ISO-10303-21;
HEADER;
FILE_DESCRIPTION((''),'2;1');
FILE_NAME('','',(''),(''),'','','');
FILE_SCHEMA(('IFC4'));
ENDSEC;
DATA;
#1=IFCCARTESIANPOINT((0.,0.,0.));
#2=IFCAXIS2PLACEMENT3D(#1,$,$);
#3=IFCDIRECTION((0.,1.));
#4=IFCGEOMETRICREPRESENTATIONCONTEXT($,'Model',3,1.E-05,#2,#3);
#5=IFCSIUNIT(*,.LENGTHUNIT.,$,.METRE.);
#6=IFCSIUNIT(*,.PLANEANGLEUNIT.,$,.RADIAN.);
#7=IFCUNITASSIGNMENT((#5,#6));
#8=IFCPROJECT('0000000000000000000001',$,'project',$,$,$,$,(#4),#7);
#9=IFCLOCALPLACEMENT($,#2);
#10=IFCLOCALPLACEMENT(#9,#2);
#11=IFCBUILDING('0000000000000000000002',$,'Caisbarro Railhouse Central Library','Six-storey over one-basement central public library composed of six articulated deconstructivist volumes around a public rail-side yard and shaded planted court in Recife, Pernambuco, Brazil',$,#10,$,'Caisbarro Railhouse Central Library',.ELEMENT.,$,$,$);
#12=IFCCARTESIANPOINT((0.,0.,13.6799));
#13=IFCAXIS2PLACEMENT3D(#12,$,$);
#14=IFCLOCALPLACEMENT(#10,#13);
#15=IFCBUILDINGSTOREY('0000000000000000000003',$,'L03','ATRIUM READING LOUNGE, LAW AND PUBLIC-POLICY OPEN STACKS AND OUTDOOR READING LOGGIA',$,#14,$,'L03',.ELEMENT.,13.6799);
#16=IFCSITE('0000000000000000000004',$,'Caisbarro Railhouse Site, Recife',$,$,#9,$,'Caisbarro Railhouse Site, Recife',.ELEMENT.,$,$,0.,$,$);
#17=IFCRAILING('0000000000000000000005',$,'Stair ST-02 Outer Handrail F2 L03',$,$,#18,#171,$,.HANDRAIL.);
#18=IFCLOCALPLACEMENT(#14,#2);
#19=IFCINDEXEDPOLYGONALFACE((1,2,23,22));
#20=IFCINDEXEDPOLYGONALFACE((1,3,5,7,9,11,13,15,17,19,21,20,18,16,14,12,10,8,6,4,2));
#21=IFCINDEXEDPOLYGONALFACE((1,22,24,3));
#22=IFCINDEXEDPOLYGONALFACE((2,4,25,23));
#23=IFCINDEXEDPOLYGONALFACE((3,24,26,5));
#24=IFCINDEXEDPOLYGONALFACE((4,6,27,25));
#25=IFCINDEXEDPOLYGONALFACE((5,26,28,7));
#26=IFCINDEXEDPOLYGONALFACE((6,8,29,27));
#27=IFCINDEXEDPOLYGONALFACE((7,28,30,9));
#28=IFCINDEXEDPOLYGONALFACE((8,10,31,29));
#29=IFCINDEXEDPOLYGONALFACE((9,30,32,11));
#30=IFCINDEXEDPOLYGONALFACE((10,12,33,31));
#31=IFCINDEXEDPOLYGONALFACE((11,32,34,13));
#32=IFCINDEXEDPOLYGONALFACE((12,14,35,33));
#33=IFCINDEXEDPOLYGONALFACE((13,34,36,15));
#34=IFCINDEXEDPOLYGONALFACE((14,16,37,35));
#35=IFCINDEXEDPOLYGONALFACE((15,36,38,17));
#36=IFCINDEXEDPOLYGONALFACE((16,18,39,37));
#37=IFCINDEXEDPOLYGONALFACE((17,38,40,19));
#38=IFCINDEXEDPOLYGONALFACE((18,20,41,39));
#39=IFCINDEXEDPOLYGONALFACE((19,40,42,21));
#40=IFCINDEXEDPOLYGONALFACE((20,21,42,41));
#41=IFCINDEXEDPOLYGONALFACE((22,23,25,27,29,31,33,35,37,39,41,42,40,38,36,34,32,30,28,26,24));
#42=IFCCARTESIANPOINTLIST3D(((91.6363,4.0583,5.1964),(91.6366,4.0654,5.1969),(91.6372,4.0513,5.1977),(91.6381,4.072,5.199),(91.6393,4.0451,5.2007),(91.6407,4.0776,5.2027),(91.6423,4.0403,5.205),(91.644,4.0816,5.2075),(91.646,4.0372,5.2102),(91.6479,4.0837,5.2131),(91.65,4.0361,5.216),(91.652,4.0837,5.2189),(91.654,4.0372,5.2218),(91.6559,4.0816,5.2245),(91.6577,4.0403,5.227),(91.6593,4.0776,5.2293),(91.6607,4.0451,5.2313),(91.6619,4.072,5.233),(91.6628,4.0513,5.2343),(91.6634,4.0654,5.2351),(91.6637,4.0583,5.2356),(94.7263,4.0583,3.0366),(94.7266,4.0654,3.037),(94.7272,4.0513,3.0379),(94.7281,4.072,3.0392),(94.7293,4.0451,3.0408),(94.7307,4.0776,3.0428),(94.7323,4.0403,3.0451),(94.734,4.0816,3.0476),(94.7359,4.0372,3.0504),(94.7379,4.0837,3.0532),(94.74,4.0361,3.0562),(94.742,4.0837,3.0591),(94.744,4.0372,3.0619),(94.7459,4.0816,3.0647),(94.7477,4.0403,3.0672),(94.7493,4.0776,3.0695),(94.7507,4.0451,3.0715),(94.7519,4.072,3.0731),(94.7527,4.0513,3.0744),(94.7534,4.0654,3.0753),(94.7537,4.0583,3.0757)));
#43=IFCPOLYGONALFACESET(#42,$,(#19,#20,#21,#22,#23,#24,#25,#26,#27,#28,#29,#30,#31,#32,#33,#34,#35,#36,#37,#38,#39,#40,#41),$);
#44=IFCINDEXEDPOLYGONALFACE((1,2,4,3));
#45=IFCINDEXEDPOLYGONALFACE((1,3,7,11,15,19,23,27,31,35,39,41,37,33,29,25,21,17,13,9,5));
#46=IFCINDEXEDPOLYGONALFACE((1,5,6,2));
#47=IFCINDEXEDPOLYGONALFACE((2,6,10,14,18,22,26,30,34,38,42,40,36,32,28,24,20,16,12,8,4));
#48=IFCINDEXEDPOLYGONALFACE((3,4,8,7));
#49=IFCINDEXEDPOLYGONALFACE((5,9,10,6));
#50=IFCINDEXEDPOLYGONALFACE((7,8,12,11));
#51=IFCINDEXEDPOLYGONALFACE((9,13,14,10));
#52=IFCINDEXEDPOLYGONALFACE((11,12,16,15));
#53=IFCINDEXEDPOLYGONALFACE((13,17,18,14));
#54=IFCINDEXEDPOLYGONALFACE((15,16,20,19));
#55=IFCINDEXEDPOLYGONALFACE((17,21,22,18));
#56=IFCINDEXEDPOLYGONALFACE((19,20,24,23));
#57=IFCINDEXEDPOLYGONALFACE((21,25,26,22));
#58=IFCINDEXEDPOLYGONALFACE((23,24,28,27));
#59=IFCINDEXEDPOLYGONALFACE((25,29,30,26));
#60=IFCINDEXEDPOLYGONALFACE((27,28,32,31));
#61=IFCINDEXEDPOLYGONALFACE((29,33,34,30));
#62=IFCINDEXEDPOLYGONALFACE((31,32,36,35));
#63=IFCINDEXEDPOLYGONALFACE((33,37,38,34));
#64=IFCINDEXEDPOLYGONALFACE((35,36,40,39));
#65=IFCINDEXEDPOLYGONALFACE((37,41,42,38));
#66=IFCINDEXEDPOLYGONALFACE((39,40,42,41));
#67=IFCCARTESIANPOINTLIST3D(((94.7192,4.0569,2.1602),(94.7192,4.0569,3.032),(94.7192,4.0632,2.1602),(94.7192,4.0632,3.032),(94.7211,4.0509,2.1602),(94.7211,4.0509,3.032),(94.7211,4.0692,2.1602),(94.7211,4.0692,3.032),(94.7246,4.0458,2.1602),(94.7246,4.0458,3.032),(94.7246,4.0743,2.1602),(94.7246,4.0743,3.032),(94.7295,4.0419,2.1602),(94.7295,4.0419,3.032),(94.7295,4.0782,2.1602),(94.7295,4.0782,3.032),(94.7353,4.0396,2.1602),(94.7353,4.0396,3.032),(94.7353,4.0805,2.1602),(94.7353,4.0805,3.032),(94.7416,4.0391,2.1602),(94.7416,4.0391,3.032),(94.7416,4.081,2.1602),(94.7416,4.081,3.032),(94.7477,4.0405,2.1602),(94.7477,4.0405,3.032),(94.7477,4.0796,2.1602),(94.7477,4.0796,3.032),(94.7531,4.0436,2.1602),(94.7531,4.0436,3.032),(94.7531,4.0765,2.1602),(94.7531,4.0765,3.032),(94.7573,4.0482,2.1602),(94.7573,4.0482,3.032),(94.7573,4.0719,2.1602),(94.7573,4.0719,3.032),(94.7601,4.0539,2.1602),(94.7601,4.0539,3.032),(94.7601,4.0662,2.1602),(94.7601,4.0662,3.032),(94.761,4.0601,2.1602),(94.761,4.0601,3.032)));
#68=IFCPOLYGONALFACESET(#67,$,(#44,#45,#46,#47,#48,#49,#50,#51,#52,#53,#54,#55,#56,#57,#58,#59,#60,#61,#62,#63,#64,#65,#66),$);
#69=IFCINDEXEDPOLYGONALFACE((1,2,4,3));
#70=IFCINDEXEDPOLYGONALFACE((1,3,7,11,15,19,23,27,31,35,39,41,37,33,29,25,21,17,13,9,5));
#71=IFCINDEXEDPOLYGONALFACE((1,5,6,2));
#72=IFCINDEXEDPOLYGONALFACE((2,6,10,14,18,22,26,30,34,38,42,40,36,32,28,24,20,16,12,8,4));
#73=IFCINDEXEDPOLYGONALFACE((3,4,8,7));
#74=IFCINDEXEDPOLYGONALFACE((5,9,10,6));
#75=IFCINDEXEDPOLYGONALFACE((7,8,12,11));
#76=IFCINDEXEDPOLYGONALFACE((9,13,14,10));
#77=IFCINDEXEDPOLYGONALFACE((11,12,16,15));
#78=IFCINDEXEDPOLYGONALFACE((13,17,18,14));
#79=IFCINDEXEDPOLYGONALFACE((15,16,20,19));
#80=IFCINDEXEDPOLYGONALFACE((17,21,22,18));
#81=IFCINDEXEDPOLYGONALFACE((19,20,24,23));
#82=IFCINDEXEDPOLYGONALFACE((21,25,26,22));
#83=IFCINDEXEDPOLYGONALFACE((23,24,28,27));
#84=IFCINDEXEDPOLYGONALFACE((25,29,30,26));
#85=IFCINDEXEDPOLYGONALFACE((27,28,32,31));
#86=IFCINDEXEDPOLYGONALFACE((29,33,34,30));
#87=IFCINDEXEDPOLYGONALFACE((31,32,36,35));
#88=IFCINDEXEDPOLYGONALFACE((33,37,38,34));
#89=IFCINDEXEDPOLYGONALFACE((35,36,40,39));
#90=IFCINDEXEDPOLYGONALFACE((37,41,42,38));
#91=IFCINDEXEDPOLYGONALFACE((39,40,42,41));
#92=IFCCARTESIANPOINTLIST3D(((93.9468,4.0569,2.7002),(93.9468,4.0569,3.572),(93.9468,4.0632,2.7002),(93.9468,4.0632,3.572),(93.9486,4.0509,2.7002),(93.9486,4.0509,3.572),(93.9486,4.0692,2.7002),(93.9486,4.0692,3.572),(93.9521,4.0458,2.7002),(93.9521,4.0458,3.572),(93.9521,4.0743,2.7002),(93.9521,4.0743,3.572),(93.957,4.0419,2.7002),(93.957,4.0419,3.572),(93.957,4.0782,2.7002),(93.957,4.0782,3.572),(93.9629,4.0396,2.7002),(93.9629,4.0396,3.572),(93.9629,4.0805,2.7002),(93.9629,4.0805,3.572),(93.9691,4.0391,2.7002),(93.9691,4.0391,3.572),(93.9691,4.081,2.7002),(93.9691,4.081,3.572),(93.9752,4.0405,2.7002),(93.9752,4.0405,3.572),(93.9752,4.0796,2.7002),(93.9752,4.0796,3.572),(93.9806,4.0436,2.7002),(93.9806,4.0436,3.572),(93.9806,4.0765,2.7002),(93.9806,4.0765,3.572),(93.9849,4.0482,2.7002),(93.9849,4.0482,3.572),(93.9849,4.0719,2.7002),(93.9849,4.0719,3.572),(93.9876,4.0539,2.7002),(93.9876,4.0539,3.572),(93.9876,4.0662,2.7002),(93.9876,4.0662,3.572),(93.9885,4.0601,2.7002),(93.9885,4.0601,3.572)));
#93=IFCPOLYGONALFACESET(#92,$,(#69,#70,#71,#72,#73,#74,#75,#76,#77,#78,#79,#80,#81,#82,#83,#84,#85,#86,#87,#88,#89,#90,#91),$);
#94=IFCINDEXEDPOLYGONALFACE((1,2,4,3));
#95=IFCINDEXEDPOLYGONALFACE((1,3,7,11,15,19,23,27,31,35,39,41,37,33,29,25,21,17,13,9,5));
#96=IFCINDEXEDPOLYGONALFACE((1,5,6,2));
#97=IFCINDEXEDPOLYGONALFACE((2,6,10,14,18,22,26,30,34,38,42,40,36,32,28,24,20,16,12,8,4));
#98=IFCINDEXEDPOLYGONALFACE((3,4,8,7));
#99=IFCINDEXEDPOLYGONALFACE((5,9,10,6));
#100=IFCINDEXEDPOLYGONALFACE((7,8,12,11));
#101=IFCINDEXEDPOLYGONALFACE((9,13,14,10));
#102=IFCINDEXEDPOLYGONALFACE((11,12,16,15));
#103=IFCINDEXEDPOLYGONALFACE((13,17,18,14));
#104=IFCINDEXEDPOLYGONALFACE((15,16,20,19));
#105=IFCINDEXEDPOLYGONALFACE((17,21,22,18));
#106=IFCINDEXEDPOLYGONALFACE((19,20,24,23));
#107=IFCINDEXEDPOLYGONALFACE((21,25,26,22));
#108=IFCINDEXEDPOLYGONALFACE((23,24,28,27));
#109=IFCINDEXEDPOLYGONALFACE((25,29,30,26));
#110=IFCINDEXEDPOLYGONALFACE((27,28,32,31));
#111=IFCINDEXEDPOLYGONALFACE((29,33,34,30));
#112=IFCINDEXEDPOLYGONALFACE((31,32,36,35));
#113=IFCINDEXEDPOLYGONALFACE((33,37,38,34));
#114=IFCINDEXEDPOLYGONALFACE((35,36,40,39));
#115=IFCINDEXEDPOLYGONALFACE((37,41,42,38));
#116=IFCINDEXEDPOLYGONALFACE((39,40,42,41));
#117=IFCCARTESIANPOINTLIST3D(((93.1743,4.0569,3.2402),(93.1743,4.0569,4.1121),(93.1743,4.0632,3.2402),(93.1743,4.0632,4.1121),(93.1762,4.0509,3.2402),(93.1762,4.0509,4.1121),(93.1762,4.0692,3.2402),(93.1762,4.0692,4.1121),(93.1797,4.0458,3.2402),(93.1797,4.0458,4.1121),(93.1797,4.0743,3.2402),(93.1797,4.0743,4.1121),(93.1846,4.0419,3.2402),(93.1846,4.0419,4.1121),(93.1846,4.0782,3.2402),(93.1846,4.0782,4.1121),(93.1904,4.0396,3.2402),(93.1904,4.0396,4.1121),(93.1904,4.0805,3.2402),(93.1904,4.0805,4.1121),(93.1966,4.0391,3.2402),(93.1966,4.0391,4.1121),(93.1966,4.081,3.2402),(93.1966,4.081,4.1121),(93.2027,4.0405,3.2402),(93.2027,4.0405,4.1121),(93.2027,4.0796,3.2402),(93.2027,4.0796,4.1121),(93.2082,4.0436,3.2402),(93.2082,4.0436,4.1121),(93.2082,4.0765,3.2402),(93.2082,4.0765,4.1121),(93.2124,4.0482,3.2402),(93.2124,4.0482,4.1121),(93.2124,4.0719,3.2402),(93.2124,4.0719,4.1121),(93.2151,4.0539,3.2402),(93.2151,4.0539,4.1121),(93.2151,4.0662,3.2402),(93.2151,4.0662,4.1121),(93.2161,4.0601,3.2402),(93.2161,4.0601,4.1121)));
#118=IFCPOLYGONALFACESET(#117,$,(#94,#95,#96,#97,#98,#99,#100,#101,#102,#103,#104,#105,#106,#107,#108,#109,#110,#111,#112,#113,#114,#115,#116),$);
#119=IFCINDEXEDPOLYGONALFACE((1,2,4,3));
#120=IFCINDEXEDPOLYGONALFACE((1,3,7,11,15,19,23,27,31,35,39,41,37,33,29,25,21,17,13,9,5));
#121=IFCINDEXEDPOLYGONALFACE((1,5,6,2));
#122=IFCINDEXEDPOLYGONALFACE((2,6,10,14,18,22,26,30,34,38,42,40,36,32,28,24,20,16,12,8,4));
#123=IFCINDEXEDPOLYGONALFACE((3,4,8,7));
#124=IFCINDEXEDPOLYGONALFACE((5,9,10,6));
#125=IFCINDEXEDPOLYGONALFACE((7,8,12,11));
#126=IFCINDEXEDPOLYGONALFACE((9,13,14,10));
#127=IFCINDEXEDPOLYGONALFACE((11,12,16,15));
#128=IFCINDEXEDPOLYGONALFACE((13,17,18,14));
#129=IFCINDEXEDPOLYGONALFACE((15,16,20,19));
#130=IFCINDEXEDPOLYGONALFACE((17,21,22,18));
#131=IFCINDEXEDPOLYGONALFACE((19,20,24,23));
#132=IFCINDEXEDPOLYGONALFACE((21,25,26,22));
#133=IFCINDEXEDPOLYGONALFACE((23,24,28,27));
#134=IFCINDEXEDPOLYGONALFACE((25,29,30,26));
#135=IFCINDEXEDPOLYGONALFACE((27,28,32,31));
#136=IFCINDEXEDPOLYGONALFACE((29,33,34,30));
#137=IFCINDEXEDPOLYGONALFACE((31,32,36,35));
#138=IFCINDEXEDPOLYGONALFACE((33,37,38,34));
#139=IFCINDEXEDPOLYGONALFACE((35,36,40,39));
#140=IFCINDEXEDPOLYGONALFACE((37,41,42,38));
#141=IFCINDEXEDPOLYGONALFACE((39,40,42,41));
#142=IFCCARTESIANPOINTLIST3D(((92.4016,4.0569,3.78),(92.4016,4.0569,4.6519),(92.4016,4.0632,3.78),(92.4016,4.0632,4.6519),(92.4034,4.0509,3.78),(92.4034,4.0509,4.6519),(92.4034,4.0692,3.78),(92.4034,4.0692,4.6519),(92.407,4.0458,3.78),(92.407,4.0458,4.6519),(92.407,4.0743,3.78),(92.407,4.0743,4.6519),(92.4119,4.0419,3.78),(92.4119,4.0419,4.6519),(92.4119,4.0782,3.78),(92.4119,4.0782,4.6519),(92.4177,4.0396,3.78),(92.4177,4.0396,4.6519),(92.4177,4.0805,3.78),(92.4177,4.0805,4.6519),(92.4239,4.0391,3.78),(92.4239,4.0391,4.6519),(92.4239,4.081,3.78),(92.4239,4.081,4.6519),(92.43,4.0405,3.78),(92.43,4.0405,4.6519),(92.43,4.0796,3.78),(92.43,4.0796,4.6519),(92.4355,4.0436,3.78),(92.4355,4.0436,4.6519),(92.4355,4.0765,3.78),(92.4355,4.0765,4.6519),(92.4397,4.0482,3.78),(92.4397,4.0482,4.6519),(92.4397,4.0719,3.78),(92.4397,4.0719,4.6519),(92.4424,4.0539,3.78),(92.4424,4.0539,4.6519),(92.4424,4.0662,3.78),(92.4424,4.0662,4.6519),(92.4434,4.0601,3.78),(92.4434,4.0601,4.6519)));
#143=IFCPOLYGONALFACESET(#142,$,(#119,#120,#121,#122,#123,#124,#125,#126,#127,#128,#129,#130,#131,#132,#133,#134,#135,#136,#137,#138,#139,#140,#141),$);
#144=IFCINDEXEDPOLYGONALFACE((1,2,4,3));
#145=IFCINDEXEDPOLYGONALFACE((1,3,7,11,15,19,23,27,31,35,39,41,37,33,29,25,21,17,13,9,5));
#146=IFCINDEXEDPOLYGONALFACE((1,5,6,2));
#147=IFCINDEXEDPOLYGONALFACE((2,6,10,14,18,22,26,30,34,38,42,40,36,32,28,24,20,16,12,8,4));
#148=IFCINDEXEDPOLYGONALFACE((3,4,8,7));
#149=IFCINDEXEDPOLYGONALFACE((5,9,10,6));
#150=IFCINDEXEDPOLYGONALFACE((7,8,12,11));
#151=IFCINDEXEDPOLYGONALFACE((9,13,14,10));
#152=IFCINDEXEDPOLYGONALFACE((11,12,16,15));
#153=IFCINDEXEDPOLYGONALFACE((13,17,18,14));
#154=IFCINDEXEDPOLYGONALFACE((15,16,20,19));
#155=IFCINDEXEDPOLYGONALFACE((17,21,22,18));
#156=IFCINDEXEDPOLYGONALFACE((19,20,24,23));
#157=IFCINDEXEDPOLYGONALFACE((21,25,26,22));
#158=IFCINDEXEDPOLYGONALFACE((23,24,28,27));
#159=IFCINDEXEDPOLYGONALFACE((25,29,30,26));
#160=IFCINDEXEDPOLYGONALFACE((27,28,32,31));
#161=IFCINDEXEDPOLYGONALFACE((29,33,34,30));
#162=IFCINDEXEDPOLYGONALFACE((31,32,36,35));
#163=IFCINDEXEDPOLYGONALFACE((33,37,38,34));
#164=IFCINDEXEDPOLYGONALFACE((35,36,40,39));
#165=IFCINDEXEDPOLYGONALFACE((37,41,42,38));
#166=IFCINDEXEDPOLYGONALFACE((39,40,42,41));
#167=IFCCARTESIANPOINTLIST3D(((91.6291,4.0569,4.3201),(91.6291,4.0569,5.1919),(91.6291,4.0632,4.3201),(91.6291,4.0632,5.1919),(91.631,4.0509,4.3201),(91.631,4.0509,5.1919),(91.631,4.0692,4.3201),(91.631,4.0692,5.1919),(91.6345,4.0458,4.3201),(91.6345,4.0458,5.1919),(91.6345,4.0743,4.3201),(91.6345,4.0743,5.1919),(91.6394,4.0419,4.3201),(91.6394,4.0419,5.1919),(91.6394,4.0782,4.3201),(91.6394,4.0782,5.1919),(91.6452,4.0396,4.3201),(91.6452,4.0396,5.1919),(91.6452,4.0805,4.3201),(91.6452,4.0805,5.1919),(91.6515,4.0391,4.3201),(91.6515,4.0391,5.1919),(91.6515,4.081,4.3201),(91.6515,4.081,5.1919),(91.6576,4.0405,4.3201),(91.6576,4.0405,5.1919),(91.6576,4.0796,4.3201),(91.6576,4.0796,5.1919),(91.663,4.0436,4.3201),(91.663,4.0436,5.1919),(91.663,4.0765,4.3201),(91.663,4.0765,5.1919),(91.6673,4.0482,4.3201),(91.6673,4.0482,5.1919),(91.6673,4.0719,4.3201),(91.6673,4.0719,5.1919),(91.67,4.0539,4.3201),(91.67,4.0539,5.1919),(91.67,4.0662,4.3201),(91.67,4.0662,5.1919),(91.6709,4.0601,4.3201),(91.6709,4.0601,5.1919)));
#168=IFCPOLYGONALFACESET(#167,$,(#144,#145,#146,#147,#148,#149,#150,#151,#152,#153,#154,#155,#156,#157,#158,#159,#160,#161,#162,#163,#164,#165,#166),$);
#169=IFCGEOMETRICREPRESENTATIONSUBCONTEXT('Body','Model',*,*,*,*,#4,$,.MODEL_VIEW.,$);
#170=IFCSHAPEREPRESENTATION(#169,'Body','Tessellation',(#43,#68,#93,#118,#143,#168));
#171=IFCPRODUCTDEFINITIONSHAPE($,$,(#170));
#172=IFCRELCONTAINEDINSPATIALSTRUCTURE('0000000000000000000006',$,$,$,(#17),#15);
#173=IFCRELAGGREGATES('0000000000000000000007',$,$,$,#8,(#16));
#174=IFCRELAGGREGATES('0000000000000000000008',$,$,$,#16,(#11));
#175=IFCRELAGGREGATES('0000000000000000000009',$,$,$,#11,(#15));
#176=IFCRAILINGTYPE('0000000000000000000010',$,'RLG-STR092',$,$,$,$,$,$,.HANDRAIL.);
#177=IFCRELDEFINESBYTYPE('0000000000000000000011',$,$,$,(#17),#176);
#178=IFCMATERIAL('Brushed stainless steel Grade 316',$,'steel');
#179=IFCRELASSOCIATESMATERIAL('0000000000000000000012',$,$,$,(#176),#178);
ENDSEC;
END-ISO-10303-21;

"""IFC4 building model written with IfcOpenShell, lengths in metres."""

from ifc_helpers import new_model, si_unit, direction, frame, origin, origin_2d, place, context, subcontext, project, spatial, circle, extrude, material, type_object, element, save


model = new_model("IFC4")

# Units and contexts
model_context = context("Model", 3, precision=1e-05, world=origin(), true_north=direction((0.0, 1.0)))
body_context = subcontext(model_context, "Body", "Model", "MODEL_VIEW")
ifc_project = project(units=[si_unit("LENGTHUNIT", "METRE"), si_unit("PLANEANGLEUNIT", "RADIAN")], contexts=[model_context])

# Site, building, storey
site_placement = place(None, origin())
site = spatial("IfcSite", under=ifc_project, at=site_placement, Name="Caisbarro Railhouse Site, Recife", LongName="Caisbarro Railhouse Site, Recife", CompositionType="ELEMENT", RefElevation=0.0)
building_placement = place(site_placement, origin())
building = spatial("IfcBuilding", under=site, at=building_placement, Name="Caisbarro Railhouse Central Library", Description="Six-storey over one-basement central public library composed of six articulated deconstructivist volumes around a public rail-side yard and shaded planted court in Recife, Pernambuco, Brazil", LongName="Caisbarro Railhouse Central Library", CompositionType="ELEMENT")
storey_placement = place(building_placement, frame((0.0, 0.0, 13.6799)))
storey = spatial("IfcBuildingStorey", under=building, at=storey_placement, Name="L03", Description="ATRIUM READING LOUNGE, LAW AND PUBLIC-POLICY OPEN STACKS AND OUTDOOR READING LOGGIA", LongName="L03", CompositionType="ELEMENT", Elevation=13.6799)

# Railing
ifc_material_1 = material(Name="Brushed stainless steel Grade 316", Category="steel")
railing_type = type_object("IfcRailingType", Name="RLG-STR092", PredefinedType="HANDRAIL", material=ifc_material_1)
railing_placement = place(storey_placement, frame((94.74, 4.0601, 2.1602)))
element("IfcRailing", 1, at=railing_placement, inside=storey, type_object=railing_type, Name="Stair ST-02 Outer Handrail F2 L03", PredefinedType="HANDRAIL", context=body_context, shape_type="SweptSolid", body=[
    extrude(circle(Radius=0.0239, at=origin_2d()), frame((0.0, 0.0, 0.896), z_axis=(-0.819624, 0.0, 0.572902), x_axis=(0.0, -1.0, 0.0)), (0.0, 0.0, 1.0), 3.77),
    extrude(circle(Radius=0.021, at=origin_2d()), origin(), (0.0, 0.0, 1.0), 0.8718),
    extrude(circle(Radius=0.021, at=origin_2d()), frame((-0.7725, 0.0, 0.54)), (0.0, 0.0, 1.0), 0.8718),
    extrude(circle(Radius=0.021, at=origin_2d()), frame((-1.5449, 0.0, 1.0801)), (0.0, 0.0, 1.0), 0.8718),
    extrude(circle(Radius=0.021, at=origin_2d()), frame((-2.3176, 0.0, 1.6199)), (0.0, 0.0, 1.0), 0.8718),
    extrude(circle(Radius=0.021, at=origin_2d()), frame((-3.0901, 0.0, 2.1599)), (0.0, 0.0, 1.0), 0.8718),
])

save(model, "model.ifc")
